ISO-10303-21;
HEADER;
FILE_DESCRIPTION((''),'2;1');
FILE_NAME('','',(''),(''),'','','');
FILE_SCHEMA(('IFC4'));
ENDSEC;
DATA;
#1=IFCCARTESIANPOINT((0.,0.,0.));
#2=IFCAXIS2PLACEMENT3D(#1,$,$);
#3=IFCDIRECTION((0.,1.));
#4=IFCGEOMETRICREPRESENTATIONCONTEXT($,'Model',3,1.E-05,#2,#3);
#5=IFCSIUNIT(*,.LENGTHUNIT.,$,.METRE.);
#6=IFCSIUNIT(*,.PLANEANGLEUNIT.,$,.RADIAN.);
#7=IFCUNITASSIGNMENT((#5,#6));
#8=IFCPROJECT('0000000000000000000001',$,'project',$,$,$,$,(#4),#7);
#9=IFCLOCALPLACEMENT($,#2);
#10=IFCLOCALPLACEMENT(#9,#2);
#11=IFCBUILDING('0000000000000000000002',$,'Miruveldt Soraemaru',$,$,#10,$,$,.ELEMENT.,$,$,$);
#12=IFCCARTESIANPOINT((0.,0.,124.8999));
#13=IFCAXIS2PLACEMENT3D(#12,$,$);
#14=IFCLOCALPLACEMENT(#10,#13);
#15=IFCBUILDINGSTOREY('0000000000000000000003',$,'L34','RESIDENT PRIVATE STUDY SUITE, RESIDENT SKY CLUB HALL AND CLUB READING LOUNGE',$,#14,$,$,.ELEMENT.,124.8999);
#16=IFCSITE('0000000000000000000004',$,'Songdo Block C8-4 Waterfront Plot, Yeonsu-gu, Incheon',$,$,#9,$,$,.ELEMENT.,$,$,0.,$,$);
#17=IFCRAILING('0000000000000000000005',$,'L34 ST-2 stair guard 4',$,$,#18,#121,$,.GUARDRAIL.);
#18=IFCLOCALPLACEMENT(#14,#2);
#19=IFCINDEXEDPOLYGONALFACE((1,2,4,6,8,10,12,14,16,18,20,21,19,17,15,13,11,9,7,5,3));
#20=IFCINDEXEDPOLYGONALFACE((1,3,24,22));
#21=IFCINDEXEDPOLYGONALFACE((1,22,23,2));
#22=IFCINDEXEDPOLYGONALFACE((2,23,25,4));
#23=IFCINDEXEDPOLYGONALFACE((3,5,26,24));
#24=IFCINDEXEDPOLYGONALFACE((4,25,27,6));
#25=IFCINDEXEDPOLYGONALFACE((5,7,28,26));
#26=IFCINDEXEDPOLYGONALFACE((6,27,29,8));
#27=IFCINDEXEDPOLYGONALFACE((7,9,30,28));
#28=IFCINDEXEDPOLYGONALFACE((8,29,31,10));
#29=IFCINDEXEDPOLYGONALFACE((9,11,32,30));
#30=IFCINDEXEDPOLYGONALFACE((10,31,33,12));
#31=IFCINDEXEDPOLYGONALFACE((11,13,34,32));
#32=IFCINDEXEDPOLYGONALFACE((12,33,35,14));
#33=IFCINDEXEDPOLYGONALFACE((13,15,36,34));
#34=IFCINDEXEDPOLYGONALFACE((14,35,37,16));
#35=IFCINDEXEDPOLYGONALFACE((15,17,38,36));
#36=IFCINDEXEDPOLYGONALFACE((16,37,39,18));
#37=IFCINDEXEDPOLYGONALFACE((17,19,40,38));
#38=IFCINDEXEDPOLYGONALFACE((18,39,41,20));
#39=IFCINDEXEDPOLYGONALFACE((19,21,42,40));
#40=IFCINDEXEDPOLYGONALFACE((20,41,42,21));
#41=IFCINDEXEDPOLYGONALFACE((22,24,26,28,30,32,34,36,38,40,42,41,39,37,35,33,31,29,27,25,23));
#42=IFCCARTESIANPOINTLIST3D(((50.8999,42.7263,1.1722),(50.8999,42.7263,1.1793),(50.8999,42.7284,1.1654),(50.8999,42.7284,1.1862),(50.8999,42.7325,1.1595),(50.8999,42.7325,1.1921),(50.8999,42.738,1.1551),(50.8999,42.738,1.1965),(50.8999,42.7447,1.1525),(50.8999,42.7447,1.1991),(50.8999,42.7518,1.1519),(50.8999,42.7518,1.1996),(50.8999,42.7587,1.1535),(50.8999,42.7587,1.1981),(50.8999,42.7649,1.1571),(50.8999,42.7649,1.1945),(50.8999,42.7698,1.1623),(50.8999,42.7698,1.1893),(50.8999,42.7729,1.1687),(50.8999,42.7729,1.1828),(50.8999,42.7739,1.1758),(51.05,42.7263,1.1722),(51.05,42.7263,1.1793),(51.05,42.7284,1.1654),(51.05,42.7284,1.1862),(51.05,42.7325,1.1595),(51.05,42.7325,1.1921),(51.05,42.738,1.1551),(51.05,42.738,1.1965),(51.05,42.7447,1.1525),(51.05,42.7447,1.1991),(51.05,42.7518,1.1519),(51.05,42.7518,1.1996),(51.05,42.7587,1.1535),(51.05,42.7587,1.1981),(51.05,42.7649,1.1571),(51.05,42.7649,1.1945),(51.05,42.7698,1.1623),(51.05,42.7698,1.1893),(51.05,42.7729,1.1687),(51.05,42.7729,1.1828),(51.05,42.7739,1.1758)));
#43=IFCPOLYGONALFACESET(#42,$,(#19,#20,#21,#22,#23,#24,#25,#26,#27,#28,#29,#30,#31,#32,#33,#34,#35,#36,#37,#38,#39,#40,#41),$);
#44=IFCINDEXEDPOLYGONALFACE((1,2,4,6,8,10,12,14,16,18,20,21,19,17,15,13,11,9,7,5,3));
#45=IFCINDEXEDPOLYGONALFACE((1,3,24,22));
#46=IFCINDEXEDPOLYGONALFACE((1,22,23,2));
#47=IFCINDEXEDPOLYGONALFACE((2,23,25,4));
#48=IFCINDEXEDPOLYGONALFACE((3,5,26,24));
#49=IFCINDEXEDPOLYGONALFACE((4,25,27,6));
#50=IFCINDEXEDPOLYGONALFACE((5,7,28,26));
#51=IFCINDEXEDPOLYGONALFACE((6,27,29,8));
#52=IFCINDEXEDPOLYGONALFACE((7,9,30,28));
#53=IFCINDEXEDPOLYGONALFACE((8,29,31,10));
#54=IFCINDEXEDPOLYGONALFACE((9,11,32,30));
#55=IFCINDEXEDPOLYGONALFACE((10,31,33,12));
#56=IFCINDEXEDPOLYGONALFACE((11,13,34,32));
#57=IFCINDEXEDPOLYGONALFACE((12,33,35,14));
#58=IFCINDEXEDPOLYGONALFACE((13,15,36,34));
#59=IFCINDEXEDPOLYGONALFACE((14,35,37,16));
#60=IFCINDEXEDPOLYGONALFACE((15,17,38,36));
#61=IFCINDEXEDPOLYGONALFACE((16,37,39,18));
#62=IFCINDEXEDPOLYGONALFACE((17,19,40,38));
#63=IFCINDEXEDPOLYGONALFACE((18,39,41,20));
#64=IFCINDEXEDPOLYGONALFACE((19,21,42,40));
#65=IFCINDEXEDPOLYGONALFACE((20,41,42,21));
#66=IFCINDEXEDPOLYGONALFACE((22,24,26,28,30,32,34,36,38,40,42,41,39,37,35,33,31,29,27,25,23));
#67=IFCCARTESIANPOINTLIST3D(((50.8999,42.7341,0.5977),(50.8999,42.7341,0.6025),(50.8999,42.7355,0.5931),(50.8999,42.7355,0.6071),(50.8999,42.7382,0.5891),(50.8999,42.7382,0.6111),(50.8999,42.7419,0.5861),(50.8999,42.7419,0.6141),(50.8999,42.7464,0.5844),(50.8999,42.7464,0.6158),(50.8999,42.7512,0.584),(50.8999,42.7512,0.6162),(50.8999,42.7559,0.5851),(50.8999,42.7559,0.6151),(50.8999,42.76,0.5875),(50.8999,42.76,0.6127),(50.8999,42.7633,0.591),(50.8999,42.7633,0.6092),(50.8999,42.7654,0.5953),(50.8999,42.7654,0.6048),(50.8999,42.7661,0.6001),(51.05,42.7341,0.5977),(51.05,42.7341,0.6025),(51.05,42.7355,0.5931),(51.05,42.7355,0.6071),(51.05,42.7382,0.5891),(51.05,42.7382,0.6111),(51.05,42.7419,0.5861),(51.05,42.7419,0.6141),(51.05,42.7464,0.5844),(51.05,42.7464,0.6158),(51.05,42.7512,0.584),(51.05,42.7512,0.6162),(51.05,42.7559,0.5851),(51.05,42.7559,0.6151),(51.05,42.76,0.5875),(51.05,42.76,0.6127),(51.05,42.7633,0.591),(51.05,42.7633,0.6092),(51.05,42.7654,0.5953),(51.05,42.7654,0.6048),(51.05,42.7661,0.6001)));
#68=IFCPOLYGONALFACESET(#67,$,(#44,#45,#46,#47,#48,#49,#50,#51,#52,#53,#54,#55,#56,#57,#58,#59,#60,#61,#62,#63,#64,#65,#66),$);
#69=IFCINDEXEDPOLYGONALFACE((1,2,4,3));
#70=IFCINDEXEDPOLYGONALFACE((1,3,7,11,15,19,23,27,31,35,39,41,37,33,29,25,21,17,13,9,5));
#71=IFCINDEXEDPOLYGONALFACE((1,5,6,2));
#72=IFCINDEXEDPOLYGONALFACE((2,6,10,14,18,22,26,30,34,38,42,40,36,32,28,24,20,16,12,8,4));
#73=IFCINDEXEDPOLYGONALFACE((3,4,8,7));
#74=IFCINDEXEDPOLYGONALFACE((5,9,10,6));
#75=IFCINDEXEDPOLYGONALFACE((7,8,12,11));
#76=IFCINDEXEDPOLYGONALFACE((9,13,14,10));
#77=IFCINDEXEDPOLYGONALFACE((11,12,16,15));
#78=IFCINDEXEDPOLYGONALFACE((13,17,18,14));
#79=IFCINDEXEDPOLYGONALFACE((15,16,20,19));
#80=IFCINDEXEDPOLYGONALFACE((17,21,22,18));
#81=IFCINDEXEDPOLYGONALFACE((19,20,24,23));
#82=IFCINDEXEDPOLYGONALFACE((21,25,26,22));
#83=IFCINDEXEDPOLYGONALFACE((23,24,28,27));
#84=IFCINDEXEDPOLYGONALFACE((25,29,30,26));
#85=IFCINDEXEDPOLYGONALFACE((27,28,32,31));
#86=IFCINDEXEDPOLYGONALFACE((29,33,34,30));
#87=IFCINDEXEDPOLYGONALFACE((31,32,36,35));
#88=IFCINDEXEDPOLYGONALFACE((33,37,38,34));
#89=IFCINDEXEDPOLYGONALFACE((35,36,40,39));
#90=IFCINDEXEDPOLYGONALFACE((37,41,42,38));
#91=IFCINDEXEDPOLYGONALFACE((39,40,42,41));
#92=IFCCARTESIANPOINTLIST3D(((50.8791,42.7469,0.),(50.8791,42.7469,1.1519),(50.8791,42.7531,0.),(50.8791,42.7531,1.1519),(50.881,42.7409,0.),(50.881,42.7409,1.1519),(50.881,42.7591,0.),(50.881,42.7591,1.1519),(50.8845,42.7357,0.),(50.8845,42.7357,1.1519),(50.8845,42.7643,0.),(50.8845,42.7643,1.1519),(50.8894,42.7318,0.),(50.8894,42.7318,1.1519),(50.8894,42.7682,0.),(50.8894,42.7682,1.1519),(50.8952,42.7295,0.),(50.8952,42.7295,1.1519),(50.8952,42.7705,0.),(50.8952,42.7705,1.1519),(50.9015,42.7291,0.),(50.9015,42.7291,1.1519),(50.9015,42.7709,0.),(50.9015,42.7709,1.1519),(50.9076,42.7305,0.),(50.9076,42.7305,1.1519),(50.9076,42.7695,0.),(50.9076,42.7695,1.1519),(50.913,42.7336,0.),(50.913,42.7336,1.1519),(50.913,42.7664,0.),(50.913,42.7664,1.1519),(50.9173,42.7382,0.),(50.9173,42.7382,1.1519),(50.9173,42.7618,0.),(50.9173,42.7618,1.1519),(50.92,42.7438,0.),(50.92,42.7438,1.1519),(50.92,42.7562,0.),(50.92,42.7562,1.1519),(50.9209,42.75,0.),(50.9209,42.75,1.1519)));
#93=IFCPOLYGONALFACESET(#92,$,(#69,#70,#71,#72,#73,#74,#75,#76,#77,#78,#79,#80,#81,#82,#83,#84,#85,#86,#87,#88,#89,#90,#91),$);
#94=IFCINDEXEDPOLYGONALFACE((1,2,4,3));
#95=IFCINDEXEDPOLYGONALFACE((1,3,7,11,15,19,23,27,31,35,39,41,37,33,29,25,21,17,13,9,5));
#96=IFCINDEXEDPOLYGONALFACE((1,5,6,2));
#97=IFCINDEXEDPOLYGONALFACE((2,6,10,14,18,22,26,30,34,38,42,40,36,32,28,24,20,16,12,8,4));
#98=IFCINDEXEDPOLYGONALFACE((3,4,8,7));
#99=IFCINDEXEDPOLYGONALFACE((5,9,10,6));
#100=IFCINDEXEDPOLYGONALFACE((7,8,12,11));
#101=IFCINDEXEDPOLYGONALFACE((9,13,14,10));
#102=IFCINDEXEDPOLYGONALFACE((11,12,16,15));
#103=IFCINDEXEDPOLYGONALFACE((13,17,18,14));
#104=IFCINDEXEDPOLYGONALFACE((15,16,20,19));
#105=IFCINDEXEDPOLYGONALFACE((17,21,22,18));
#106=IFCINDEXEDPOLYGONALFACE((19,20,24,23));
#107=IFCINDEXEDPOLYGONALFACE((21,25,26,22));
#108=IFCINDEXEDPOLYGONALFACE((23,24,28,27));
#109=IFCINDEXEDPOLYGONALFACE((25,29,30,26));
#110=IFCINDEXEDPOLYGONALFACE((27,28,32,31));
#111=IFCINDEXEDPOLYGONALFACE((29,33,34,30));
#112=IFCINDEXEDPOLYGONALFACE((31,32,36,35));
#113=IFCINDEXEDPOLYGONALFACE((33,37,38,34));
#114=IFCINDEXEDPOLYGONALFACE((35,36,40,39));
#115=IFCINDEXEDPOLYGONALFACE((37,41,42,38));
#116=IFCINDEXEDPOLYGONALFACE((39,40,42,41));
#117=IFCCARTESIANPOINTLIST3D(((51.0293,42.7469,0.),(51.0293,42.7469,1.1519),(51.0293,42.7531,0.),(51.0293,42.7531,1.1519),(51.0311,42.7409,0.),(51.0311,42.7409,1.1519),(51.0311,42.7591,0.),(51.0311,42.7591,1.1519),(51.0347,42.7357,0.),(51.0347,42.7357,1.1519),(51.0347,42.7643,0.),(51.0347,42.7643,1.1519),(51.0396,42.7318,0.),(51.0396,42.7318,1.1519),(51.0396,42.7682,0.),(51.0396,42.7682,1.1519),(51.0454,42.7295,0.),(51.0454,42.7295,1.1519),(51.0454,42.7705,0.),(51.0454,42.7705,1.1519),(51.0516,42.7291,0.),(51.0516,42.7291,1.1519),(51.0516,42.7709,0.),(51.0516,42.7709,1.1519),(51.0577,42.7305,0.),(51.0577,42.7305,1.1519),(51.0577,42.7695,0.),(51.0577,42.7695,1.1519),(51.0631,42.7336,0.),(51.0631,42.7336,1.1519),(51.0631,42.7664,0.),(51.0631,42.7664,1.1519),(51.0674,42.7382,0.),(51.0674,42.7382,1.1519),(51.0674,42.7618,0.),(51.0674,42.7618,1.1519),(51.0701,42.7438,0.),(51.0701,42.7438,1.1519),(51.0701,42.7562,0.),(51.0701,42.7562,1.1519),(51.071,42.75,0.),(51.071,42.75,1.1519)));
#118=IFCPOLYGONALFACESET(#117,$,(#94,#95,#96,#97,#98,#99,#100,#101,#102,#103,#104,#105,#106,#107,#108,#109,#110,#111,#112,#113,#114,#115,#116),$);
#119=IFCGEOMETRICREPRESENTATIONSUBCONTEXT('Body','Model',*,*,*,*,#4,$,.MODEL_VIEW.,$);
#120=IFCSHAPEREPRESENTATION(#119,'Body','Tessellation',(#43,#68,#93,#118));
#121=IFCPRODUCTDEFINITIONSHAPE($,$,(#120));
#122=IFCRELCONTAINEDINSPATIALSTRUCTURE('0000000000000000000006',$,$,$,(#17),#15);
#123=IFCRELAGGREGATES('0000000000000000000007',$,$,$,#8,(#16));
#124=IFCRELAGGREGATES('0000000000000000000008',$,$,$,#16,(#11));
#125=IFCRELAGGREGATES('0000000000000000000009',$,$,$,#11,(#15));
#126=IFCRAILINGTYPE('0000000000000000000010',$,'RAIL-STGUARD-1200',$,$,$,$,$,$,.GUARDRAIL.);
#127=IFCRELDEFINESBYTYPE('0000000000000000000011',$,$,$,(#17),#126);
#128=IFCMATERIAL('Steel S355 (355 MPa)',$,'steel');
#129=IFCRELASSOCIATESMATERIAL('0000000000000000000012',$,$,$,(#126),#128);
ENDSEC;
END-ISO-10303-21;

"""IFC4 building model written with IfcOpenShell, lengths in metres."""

from ifc_helpers import new_model, si_unit, direction, frame, origin, origin_2d, place, context, subcontext, project, spatial, circle, extrude, material, type_object, element, save


model = new_model("IFC4")

# Units and contexts
model_context = context("Model", 3, precision=1e-05, world=origin(), true_north=direction((0.0, 1.0)))
body_context = subcontext(model_context, "Body", "Model", "MODEL_VIEW")
ifc_project = project(units=[si_unit("LENGTHUNIT", "METRE"), si_unit("PLANEANGLEUNIT", "RADIAN")], contexts=[model_context])

# Site, building, storey
site_placement = place(None, origin())
site = spatial("IfcSite", under=ifc_project, at=site_placement, Name="Songdo Block C8-4 Waterfront Plot, Yeonsu-gu, Incheon", CompositionType="ELEMENT", RefElevation=0.0)
building_placement = place(site_placement, origin())
building = spatial("IfcBuilding", under=site, at=building_placement, Name="Miruveldt Soraemaru", CompositionType="ELEMENT")
storey_placement = place(building_placement, frame((0.0, 0.0, 124.8999)))
storey = spatial("IfcBuildingStorey", under=building, at=storey_placement, Name="L34", Description="RESIDENT PRIVATE STUDY SUITE, RESIDENT SKY CLUB HALL AND CLUB READING LOUNGE", CompositionType="ELEMENT", Elevation=124.8999)

# Railing
ifc_material_1 = material(Name="Steel S355 (355 MPa)", Category="steel")
railing_type_1 = type_object("IfcRailingType", Name="RAIL-STGUARD-1200", PredefinedType="GUARDRAIL", material=ifc_material_1)
railing_1_placement = place(storey_placement, frame((50.8999, 42.75, 0.0)))
element("IfcRailing", 1, at=railing_1_placement, inside=storey, type_object=railing_type_1, Name="L34 ST-2 stair guard 4", PredefinedType="GUARDRAIL", context=body_context, shape_type="SweptSolid", body=[
    extrude(circle(Radius=0.0239, at=origin_2d()), frame((0.0, 0.0, 1.1758), z_axis=(1.0, 0.0, 0.0), x_axis=(0.0, 1.0, 0.0)), (0.0, 0.0, 1.0), 0.1501),
    extrude(circle(Radius=0.0161, at=origin_2d()), frame((0.0, 0.0, 0.6001), z_axis=(1.0, 0.0, 0.0), x_axis=(0.0, 1.0, 0.0)), (0.0, 0.0, 1.0), 0.1501),
    extrude(circle(Radius=0.021, at=origin_2d()), origin(), (0.0, 0.0, 1.0), 1.1519),
    extrude(circle(Radius=0.021, at=origin_2d()), frame((0.1501, 0.0, 0.0)), (0.0, 0.0, 1.0), 1.1519),
])

save(model, "model.ifc")
